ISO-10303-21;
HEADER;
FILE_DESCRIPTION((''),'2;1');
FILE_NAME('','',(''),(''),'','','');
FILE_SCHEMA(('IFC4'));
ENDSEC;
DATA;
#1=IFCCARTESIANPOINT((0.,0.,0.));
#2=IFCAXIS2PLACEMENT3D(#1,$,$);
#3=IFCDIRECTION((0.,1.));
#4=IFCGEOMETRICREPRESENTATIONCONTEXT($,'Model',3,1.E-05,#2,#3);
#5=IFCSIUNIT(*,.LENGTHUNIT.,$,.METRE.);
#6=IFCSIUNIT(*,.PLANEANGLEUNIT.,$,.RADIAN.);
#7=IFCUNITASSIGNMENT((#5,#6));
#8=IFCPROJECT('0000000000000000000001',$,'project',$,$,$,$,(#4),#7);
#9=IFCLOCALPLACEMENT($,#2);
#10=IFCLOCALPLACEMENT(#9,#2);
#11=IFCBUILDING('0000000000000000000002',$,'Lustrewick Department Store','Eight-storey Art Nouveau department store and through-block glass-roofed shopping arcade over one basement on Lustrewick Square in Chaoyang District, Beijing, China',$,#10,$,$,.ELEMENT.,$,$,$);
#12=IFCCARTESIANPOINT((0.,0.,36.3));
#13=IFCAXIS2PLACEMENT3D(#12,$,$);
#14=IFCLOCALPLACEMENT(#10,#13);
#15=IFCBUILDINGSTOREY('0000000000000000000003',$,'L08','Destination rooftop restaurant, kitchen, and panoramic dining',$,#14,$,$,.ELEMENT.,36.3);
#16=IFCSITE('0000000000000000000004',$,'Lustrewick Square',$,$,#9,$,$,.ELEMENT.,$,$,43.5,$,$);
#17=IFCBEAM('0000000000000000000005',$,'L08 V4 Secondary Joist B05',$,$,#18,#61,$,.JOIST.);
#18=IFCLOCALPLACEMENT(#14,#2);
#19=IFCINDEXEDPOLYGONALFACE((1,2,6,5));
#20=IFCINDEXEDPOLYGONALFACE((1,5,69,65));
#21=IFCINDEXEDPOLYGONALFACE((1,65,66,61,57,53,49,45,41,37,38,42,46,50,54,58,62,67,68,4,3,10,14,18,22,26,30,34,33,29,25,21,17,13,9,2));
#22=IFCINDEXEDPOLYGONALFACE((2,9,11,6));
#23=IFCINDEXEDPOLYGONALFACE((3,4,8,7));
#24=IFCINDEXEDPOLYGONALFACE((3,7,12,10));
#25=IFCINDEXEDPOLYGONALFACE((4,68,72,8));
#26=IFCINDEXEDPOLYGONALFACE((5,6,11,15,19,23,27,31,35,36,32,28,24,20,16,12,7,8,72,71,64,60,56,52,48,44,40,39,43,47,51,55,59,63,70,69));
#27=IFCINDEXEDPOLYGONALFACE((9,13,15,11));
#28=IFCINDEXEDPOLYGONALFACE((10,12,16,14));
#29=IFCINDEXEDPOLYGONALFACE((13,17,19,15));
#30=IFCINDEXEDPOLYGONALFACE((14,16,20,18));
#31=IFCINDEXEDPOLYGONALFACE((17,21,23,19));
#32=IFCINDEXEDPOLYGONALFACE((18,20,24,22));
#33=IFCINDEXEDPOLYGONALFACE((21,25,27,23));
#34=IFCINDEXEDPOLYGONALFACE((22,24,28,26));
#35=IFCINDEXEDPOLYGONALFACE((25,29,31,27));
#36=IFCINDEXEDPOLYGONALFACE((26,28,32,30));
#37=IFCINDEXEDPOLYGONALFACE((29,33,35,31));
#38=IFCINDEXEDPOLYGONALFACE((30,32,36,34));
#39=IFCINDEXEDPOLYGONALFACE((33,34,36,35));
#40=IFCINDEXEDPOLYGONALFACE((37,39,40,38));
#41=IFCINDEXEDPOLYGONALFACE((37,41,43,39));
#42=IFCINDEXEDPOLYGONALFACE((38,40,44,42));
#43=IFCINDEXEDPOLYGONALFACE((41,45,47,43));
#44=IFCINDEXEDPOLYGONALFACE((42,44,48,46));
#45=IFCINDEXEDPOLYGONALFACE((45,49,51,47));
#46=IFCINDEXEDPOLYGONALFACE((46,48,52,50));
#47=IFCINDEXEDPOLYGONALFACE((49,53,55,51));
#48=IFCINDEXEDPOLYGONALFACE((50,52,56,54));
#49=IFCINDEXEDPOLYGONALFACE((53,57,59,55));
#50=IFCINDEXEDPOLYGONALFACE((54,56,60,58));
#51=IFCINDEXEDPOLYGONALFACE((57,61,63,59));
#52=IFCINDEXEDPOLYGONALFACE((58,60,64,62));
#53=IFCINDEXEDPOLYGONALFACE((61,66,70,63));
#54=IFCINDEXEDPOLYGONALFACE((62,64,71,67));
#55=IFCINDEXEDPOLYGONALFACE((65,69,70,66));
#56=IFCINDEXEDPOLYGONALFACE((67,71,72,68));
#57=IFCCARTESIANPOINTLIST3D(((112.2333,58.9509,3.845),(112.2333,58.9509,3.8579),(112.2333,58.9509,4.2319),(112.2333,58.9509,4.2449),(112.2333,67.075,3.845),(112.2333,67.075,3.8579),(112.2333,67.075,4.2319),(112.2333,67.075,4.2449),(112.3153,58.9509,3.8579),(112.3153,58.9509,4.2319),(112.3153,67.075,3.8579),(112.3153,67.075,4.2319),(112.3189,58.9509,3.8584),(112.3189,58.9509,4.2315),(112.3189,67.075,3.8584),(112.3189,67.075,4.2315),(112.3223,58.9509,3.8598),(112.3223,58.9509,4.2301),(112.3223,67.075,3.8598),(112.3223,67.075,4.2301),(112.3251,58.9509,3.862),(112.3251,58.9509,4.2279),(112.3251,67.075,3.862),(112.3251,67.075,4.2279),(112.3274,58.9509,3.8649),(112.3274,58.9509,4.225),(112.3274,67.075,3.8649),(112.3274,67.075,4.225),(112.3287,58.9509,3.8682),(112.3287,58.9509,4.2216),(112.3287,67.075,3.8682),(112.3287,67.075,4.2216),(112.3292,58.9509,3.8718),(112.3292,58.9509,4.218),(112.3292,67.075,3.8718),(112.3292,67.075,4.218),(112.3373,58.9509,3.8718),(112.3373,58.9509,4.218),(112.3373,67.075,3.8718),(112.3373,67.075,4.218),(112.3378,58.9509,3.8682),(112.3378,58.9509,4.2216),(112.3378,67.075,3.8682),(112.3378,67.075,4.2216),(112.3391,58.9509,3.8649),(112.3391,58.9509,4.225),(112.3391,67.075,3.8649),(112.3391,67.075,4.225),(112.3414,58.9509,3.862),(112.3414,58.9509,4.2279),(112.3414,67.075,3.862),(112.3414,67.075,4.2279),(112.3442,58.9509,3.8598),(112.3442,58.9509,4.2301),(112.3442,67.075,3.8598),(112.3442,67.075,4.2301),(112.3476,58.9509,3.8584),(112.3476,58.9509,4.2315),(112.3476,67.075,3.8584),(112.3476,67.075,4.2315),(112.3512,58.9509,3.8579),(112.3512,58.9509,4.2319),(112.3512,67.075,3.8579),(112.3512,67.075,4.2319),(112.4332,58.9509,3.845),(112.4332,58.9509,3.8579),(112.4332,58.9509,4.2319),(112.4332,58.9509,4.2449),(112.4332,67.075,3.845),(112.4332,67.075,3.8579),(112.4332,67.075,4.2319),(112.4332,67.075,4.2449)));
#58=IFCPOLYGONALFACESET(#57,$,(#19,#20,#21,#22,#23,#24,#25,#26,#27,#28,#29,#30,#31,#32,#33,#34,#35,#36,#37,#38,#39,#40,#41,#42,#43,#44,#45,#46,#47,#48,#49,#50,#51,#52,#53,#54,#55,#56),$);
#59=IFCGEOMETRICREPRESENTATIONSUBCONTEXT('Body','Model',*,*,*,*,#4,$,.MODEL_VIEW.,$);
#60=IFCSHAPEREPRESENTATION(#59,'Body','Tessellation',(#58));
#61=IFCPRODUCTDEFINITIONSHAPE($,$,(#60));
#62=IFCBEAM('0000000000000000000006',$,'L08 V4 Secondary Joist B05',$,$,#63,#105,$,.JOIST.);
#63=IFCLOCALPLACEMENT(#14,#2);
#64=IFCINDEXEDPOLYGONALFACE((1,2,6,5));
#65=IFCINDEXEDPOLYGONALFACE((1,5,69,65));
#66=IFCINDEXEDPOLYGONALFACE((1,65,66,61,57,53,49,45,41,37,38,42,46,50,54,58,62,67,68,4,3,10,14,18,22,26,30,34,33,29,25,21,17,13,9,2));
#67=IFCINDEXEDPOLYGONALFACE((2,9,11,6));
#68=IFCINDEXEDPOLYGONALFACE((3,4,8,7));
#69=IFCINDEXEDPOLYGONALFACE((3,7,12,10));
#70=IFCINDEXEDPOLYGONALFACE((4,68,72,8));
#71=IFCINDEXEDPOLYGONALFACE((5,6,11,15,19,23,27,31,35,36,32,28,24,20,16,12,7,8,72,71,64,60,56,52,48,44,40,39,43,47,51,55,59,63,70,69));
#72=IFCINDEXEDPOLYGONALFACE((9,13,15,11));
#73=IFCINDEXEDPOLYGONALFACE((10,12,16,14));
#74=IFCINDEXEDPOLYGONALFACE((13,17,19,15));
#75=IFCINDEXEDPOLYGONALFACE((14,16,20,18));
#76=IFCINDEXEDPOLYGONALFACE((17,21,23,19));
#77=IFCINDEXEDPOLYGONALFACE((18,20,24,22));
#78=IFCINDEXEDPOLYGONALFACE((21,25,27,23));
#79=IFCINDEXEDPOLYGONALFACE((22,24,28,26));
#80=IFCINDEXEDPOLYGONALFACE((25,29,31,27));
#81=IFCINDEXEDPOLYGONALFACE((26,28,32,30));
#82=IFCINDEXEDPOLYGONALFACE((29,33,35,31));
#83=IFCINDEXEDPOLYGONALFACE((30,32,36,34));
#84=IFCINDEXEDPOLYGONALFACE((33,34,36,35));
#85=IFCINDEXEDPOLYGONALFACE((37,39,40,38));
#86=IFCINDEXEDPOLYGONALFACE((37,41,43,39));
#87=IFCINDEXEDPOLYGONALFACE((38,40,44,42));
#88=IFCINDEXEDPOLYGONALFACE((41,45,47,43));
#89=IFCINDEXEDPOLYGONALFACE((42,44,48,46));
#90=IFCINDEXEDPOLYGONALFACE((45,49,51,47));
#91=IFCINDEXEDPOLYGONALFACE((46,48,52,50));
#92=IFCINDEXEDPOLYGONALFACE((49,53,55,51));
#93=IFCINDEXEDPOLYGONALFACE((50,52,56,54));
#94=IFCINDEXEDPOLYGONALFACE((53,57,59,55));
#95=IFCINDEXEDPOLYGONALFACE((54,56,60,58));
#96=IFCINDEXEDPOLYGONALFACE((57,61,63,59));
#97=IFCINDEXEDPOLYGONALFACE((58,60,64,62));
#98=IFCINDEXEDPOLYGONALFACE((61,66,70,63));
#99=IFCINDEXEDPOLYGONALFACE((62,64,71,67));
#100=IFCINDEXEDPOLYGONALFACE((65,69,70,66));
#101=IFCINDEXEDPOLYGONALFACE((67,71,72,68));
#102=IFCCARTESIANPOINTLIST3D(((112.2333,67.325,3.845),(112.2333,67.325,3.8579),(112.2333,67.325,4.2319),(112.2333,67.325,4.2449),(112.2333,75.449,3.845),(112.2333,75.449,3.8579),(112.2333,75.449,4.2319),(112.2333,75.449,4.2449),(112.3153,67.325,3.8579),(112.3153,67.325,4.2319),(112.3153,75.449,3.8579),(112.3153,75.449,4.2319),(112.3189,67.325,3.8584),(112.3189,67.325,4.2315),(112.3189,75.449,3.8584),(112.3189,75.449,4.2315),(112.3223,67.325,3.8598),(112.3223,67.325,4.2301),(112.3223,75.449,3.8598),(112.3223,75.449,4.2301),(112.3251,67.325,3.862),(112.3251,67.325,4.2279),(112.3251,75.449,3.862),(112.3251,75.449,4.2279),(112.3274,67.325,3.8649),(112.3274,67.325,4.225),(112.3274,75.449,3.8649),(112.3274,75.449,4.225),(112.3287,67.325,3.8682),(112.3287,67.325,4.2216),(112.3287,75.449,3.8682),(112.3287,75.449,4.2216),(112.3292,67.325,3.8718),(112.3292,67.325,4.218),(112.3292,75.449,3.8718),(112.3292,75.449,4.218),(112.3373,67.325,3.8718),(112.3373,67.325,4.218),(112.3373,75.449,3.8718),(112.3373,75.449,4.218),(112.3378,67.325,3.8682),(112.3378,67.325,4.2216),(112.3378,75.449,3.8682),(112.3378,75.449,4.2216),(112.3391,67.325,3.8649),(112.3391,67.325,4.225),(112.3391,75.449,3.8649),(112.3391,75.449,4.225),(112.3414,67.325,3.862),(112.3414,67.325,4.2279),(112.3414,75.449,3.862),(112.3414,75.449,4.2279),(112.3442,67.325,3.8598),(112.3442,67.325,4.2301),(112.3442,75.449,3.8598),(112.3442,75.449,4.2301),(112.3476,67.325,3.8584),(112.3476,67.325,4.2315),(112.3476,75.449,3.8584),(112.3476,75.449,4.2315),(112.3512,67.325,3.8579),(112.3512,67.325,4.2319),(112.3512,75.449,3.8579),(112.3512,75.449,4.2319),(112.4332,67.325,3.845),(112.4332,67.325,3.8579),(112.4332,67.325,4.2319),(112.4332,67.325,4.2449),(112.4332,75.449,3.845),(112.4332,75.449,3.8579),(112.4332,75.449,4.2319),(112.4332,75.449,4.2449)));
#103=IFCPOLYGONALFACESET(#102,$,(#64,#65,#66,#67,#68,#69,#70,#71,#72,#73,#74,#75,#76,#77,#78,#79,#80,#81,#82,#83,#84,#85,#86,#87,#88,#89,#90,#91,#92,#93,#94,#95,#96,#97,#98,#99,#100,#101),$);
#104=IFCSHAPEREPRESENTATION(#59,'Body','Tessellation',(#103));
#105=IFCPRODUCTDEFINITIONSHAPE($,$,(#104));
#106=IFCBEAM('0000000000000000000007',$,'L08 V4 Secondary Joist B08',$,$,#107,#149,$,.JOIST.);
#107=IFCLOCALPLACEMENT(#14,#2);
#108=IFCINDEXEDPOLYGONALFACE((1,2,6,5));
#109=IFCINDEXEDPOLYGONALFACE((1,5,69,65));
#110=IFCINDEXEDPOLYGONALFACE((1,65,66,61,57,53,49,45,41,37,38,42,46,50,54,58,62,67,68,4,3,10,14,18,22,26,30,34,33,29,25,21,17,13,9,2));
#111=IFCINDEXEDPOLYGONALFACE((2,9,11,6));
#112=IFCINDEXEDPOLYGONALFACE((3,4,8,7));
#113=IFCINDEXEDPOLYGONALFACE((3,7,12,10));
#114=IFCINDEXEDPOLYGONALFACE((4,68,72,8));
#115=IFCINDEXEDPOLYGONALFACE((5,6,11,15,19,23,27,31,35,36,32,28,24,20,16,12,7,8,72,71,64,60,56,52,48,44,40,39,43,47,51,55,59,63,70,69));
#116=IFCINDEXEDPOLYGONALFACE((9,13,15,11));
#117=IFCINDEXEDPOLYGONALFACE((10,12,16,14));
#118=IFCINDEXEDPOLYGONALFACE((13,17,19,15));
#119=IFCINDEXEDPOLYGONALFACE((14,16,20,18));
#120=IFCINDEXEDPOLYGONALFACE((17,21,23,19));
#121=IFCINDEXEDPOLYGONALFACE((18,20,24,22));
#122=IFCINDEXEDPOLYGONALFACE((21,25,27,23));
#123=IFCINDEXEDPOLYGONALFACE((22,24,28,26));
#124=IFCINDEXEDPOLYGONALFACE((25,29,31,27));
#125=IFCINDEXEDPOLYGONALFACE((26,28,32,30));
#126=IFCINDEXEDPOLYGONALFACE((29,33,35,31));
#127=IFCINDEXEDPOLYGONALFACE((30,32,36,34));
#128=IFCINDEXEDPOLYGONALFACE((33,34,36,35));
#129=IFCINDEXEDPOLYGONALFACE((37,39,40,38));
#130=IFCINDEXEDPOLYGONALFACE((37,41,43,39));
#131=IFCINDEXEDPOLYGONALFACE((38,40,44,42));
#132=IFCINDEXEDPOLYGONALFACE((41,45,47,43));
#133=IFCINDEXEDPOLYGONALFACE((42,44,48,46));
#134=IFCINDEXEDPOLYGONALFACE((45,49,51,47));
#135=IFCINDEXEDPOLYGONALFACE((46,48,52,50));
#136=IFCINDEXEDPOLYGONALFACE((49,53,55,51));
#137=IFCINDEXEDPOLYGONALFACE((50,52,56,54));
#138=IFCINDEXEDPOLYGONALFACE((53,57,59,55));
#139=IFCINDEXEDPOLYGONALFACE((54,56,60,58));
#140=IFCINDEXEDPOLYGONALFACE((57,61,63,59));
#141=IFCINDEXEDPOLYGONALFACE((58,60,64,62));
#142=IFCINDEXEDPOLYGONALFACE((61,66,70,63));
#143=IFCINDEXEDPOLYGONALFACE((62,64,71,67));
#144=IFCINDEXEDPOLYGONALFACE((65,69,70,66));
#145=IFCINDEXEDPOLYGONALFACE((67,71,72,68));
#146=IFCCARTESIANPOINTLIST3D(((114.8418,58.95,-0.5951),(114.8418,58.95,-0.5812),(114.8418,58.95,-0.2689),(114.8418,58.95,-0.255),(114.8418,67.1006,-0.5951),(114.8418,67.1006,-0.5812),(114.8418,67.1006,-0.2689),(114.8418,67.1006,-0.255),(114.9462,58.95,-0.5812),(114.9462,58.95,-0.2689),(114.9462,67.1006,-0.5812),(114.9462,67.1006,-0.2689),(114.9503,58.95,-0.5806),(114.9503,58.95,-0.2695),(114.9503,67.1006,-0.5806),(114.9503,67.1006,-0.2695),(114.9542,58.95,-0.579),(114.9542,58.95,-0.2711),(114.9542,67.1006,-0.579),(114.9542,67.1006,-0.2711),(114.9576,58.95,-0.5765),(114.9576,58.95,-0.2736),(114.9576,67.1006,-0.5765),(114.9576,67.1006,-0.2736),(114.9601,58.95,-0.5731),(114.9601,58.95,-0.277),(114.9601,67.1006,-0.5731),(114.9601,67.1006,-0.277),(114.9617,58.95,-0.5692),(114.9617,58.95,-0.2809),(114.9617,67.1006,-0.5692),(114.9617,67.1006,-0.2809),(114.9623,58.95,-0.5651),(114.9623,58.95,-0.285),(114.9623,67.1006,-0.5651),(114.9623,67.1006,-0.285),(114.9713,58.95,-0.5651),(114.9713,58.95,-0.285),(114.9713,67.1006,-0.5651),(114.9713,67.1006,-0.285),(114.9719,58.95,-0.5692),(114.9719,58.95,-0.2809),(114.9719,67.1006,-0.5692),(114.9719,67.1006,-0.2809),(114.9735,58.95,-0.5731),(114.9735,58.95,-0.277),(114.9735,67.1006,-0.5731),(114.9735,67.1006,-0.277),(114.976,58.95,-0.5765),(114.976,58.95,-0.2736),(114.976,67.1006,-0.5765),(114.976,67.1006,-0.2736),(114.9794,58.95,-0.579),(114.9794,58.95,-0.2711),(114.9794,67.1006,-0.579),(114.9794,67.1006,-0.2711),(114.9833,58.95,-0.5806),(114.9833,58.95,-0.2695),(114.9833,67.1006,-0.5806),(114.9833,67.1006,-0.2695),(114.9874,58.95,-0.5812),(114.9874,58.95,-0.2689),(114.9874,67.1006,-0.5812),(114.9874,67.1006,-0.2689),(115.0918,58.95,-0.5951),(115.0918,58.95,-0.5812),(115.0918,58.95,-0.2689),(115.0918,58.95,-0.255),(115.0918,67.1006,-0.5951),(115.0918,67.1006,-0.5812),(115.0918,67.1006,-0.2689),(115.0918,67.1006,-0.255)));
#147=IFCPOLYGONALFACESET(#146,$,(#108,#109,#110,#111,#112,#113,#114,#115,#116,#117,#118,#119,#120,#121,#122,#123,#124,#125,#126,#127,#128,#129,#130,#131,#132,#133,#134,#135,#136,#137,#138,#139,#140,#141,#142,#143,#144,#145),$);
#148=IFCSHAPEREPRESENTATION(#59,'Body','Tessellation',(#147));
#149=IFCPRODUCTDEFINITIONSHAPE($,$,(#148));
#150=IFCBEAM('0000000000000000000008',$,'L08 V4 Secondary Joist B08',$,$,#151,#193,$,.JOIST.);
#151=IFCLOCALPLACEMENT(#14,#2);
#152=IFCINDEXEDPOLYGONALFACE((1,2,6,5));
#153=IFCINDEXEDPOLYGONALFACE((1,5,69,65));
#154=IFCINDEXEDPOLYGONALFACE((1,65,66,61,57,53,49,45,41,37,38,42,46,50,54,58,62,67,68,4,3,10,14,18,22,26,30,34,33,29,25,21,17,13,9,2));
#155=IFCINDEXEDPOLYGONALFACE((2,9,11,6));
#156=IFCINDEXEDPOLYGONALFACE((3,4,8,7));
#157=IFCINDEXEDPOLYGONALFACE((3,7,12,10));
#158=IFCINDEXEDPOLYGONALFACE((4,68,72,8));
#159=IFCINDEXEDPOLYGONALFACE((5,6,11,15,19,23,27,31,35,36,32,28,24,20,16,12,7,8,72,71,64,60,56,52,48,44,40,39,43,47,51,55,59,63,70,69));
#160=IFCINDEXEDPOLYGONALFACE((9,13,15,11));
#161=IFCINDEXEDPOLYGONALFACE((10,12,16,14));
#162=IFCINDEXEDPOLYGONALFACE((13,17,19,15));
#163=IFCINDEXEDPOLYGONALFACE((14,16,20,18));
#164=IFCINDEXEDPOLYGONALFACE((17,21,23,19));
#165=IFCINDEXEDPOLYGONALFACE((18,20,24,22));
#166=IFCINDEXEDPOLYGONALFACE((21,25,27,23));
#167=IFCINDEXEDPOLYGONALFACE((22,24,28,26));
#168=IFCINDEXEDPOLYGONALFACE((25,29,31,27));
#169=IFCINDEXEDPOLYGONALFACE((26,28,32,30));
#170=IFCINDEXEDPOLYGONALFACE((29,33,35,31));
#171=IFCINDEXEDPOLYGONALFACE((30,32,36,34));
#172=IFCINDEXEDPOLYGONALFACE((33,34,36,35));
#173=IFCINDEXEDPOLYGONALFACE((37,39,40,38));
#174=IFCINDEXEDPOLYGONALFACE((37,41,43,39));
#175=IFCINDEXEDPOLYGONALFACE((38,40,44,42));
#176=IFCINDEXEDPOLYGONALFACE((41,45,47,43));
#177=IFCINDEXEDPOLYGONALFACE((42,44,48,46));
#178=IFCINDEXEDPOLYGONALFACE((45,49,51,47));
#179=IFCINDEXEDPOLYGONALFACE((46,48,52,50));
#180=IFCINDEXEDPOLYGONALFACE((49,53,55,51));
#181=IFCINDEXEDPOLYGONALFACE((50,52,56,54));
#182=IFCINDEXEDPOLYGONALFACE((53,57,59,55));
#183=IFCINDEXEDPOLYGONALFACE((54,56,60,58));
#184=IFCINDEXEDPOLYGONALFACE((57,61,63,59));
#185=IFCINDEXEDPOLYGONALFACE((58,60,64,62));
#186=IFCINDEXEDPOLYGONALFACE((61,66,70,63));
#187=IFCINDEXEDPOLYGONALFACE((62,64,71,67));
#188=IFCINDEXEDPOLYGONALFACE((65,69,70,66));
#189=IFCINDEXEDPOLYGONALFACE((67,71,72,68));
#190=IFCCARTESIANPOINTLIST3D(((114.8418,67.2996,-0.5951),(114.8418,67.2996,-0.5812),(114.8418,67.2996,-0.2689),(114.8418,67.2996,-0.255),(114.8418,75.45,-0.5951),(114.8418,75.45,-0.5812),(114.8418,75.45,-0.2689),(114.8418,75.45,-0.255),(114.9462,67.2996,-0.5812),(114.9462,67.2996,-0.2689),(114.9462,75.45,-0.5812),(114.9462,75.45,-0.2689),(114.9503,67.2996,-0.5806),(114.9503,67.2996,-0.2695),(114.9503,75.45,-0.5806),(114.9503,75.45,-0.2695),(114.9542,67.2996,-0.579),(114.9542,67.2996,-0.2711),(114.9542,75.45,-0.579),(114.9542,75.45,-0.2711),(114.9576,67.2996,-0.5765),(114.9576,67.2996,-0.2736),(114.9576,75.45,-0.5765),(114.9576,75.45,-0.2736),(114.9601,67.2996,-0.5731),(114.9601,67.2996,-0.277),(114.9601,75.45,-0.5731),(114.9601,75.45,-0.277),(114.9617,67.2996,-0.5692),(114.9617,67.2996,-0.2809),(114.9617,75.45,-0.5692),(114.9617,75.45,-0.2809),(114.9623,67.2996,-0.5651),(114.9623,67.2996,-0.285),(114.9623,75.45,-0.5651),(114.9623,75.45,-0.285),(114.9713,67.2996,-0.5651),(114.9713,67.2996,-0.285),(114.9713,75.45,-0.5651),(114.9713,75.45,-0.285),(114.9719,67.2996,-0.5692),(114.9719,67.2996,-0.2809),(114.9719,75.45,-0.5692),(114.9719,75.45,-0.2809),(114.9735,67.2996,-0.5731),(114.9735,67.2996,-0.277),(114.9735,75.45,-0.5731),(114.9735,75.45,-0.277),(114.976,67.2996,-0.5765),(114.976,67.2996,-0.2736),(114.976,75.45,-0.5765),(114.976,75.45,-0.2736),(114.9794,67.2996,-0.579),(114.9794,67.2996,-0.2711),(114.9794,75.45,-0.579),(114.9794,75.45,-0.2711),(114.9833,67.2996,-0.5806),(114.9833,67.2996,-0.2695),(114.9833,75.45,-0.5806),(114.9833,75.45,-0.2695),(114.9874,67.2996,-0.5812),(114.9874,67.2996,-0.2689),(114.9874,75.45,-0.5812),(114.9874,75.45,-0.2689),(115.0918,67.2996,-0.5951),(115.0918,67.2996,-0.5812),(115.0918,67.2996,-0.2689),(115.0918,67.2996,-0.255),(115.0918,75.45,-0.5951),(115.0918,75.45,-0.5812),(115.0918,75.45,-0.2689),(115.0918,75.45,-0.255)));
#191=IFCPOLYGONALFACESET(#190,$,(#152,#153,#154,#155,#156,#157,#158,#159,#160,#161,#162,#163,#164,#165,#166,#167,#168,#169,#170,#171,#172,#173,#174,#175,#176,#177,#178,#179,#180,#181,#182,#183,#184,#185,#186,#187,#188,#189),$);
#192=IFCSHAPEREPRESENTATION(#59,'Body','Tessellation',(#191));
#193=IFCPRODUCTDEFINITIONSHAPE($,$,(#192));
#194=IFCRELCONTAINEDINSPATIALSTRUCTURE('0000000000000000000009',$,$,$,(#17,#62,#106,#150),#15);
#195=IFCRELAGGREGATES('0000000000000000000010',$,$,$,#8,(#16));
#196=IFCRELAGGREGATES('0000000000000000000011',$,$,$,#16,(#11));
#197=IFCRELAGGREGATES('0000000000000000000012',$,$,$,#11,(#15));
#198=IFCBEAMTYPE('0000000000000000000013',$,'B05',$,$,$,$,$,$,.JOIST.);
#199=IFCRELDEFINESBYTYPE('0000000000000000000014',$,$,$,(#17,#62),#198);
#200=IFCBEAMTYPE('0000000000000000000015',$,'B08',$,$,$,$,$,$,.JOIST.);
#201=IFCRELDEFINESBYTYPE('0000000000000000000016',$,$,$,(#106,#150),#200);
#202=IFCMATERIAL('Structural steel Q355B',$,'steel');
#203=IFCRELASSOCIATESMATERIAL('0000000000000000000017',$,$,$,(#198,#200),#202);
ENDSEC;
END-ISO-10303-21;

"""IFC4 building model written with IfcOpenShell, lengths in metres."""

from ifc_helpers import new_model, si_unit, direction, frame, origin, origin_2d, place, context, subcontext, project, spatial, i_section, extrude, material, material_profile, profile_set, type_object, element, save


model = new_model("IFC4")

# Units and contexts
model_context = context("Model", 3, precision=1e-05, world=origin(), true_north=direction((0.0, 1.0)))
body_context = subcontext(model_context, "Body", "Model", "MODEL_VIEW")
ifc_project = project(units=[si_unit("LENGTHUNIT", "METRE"), si_unit("PLANEANGLEUNIT", "RADIAN")], contexts=[model_context])

# Site, building, storey
site_placement = place(None, origin())
site = spatial("IfcSite", under=ifc_project, at=site_placement, Name="Lustrewick Square", CompositionType="ELEMENT", RefElevation=43.5)
building_placement = place(site_placement, origin())
building = spatial("IfcBuilding", under=site, at=building_placement, Name="Lustrewick Department Store", Description="Eight-storey Art Nouveau department store and through-block glass-roofed shopping arcade over one basement on Lustrewick Square in Chaoyang District, Beijing, China", CompositionType="ELEMENT")
storey_placement = place(building_placement, frame((0.0, 0.0, 36.3)))
storey = spatial("IfcBuildingStorey", under=building, at=storey_placement, Name="L08", Description="Destination rooftop restaurant, kitchen, and panoramic dining", CompositionType="ELEMENT", Elevation=36.3)

# Shared definitions
ifc_material_1 = material(Name="Structural steel Q355B", Category="steel")

# Beams
ifc_material_profile_1 = material_profile(ifc_material_1, i_section(OverallWidth=0.2, OverallDepth=0.3999, WebThickness=0.0081, FlangeThickness=0.0129, FilletRadius=0.0139, at=origin_2d()), Name="HN 400x200x8x13")
ifc_profile_set_1 = profile_set([ifc_material_profile_1], Name="Structural steel Q355B")
beam_type_1 = type_object("IfcBeamType", Name="B05", PredefinedType="JOIST", material=ifc_profile_set_1)
for number, where, z_axis, x_axis, name in (
    (1, (112.3333, 58.9509, 4.0449), (0.0, 1.0, 0.0), (-1.0, 0.0, 0.0), "L08 V4 Secondary Joist B05"),
    (2, (112.3333, 67.325, 4.0449), (0.0, 1.0, 0.0), (-1.0, 0.0, 0.0), "L08 V4 Secondary Joist B05"),
):
    element("IfcBeam", number, at=place(storey_placement, frame(where, z_axis=z_axis, x_axis=x_axis)), inside=storey, type_object=beam_type_1, Name=name, PredefinedType="JOIST", context=body_context, shape_type="SweptSolid", body=[
        extrude(i_section(OverallWidth=0.2, OverallDepth=0.3999, WebThickness=0.0081, FlangeThickness=0.0129, FilletRadius=0.0139, at=origin_2d()), origin(), (0.0, 0.0, 1.0), 8.124),
    ])
ifc_material_profile_2 = material_profile(ifc_material_1, i_section(OverallWidth=0.25, OverallDepth=0.3401, WebThickness=0.009, FlangeThickness=0.0139, FilletRadius=0.0161, at=origin_2d()), Name="HM 340x250x9x14")
ifc_profile_set_2 = profile_set([ifc_material_profile_2], Name="Structural steel Q355B")
beam_type_2 = type_object("IfcBeamType", Name="B08", PredefinedType="JOIST", material=ifc_profile_set_2)
beam_1_placement = place(storey_placement, frame((114.9668, 58.95, -0.425), z_axis=(0.0, 1.0, 0.0), x_axis=(-1.0, 0.0, 0.0)))
element("IfcBeam", 3, at=beam_1_placement, inside=storey, type_object=beam_type_2, Name="L08 V4 Secondary Joist B08", PredefinedType="JOIST", context=body_context, shape_type="SweptSolid", body=[
    extrude(i_section(OverallWidth=0.25, OverallDepth=0.3401, WebThickness=0.009, FlangeThickness=0.0139, FilletRadius=0.0161, at=origin_2d()), origin(), (0.0, 0.0, 1.0), 8.1506),
])
beam_2_placement = place(storey_placement, frame((114.9668, 67.2996, -0.425), z_axis=(0.0, 1.0, 0.0), x_axis=(-1.0, 0.0, 0.0)))
element("IfcBeam", 4, at=beam_2_placement, inside=storey, type_object=beam_type_2, Name="L08 V4 Secondary Joist B08", PredefinedType="JOIST", context=body_context, shape_type="SweptSolid", body=[
    extrude(i_section(OverallWidth=0.25, OverallDepth=0.3401, WebThickness=0.009, FlangeThickness=0.0139, FilletRadius=0.0161, at=origin_2d()), origin(), (0.0, 0.0, 1.0), 8.1504),
])

save(model, "model.ifc")
